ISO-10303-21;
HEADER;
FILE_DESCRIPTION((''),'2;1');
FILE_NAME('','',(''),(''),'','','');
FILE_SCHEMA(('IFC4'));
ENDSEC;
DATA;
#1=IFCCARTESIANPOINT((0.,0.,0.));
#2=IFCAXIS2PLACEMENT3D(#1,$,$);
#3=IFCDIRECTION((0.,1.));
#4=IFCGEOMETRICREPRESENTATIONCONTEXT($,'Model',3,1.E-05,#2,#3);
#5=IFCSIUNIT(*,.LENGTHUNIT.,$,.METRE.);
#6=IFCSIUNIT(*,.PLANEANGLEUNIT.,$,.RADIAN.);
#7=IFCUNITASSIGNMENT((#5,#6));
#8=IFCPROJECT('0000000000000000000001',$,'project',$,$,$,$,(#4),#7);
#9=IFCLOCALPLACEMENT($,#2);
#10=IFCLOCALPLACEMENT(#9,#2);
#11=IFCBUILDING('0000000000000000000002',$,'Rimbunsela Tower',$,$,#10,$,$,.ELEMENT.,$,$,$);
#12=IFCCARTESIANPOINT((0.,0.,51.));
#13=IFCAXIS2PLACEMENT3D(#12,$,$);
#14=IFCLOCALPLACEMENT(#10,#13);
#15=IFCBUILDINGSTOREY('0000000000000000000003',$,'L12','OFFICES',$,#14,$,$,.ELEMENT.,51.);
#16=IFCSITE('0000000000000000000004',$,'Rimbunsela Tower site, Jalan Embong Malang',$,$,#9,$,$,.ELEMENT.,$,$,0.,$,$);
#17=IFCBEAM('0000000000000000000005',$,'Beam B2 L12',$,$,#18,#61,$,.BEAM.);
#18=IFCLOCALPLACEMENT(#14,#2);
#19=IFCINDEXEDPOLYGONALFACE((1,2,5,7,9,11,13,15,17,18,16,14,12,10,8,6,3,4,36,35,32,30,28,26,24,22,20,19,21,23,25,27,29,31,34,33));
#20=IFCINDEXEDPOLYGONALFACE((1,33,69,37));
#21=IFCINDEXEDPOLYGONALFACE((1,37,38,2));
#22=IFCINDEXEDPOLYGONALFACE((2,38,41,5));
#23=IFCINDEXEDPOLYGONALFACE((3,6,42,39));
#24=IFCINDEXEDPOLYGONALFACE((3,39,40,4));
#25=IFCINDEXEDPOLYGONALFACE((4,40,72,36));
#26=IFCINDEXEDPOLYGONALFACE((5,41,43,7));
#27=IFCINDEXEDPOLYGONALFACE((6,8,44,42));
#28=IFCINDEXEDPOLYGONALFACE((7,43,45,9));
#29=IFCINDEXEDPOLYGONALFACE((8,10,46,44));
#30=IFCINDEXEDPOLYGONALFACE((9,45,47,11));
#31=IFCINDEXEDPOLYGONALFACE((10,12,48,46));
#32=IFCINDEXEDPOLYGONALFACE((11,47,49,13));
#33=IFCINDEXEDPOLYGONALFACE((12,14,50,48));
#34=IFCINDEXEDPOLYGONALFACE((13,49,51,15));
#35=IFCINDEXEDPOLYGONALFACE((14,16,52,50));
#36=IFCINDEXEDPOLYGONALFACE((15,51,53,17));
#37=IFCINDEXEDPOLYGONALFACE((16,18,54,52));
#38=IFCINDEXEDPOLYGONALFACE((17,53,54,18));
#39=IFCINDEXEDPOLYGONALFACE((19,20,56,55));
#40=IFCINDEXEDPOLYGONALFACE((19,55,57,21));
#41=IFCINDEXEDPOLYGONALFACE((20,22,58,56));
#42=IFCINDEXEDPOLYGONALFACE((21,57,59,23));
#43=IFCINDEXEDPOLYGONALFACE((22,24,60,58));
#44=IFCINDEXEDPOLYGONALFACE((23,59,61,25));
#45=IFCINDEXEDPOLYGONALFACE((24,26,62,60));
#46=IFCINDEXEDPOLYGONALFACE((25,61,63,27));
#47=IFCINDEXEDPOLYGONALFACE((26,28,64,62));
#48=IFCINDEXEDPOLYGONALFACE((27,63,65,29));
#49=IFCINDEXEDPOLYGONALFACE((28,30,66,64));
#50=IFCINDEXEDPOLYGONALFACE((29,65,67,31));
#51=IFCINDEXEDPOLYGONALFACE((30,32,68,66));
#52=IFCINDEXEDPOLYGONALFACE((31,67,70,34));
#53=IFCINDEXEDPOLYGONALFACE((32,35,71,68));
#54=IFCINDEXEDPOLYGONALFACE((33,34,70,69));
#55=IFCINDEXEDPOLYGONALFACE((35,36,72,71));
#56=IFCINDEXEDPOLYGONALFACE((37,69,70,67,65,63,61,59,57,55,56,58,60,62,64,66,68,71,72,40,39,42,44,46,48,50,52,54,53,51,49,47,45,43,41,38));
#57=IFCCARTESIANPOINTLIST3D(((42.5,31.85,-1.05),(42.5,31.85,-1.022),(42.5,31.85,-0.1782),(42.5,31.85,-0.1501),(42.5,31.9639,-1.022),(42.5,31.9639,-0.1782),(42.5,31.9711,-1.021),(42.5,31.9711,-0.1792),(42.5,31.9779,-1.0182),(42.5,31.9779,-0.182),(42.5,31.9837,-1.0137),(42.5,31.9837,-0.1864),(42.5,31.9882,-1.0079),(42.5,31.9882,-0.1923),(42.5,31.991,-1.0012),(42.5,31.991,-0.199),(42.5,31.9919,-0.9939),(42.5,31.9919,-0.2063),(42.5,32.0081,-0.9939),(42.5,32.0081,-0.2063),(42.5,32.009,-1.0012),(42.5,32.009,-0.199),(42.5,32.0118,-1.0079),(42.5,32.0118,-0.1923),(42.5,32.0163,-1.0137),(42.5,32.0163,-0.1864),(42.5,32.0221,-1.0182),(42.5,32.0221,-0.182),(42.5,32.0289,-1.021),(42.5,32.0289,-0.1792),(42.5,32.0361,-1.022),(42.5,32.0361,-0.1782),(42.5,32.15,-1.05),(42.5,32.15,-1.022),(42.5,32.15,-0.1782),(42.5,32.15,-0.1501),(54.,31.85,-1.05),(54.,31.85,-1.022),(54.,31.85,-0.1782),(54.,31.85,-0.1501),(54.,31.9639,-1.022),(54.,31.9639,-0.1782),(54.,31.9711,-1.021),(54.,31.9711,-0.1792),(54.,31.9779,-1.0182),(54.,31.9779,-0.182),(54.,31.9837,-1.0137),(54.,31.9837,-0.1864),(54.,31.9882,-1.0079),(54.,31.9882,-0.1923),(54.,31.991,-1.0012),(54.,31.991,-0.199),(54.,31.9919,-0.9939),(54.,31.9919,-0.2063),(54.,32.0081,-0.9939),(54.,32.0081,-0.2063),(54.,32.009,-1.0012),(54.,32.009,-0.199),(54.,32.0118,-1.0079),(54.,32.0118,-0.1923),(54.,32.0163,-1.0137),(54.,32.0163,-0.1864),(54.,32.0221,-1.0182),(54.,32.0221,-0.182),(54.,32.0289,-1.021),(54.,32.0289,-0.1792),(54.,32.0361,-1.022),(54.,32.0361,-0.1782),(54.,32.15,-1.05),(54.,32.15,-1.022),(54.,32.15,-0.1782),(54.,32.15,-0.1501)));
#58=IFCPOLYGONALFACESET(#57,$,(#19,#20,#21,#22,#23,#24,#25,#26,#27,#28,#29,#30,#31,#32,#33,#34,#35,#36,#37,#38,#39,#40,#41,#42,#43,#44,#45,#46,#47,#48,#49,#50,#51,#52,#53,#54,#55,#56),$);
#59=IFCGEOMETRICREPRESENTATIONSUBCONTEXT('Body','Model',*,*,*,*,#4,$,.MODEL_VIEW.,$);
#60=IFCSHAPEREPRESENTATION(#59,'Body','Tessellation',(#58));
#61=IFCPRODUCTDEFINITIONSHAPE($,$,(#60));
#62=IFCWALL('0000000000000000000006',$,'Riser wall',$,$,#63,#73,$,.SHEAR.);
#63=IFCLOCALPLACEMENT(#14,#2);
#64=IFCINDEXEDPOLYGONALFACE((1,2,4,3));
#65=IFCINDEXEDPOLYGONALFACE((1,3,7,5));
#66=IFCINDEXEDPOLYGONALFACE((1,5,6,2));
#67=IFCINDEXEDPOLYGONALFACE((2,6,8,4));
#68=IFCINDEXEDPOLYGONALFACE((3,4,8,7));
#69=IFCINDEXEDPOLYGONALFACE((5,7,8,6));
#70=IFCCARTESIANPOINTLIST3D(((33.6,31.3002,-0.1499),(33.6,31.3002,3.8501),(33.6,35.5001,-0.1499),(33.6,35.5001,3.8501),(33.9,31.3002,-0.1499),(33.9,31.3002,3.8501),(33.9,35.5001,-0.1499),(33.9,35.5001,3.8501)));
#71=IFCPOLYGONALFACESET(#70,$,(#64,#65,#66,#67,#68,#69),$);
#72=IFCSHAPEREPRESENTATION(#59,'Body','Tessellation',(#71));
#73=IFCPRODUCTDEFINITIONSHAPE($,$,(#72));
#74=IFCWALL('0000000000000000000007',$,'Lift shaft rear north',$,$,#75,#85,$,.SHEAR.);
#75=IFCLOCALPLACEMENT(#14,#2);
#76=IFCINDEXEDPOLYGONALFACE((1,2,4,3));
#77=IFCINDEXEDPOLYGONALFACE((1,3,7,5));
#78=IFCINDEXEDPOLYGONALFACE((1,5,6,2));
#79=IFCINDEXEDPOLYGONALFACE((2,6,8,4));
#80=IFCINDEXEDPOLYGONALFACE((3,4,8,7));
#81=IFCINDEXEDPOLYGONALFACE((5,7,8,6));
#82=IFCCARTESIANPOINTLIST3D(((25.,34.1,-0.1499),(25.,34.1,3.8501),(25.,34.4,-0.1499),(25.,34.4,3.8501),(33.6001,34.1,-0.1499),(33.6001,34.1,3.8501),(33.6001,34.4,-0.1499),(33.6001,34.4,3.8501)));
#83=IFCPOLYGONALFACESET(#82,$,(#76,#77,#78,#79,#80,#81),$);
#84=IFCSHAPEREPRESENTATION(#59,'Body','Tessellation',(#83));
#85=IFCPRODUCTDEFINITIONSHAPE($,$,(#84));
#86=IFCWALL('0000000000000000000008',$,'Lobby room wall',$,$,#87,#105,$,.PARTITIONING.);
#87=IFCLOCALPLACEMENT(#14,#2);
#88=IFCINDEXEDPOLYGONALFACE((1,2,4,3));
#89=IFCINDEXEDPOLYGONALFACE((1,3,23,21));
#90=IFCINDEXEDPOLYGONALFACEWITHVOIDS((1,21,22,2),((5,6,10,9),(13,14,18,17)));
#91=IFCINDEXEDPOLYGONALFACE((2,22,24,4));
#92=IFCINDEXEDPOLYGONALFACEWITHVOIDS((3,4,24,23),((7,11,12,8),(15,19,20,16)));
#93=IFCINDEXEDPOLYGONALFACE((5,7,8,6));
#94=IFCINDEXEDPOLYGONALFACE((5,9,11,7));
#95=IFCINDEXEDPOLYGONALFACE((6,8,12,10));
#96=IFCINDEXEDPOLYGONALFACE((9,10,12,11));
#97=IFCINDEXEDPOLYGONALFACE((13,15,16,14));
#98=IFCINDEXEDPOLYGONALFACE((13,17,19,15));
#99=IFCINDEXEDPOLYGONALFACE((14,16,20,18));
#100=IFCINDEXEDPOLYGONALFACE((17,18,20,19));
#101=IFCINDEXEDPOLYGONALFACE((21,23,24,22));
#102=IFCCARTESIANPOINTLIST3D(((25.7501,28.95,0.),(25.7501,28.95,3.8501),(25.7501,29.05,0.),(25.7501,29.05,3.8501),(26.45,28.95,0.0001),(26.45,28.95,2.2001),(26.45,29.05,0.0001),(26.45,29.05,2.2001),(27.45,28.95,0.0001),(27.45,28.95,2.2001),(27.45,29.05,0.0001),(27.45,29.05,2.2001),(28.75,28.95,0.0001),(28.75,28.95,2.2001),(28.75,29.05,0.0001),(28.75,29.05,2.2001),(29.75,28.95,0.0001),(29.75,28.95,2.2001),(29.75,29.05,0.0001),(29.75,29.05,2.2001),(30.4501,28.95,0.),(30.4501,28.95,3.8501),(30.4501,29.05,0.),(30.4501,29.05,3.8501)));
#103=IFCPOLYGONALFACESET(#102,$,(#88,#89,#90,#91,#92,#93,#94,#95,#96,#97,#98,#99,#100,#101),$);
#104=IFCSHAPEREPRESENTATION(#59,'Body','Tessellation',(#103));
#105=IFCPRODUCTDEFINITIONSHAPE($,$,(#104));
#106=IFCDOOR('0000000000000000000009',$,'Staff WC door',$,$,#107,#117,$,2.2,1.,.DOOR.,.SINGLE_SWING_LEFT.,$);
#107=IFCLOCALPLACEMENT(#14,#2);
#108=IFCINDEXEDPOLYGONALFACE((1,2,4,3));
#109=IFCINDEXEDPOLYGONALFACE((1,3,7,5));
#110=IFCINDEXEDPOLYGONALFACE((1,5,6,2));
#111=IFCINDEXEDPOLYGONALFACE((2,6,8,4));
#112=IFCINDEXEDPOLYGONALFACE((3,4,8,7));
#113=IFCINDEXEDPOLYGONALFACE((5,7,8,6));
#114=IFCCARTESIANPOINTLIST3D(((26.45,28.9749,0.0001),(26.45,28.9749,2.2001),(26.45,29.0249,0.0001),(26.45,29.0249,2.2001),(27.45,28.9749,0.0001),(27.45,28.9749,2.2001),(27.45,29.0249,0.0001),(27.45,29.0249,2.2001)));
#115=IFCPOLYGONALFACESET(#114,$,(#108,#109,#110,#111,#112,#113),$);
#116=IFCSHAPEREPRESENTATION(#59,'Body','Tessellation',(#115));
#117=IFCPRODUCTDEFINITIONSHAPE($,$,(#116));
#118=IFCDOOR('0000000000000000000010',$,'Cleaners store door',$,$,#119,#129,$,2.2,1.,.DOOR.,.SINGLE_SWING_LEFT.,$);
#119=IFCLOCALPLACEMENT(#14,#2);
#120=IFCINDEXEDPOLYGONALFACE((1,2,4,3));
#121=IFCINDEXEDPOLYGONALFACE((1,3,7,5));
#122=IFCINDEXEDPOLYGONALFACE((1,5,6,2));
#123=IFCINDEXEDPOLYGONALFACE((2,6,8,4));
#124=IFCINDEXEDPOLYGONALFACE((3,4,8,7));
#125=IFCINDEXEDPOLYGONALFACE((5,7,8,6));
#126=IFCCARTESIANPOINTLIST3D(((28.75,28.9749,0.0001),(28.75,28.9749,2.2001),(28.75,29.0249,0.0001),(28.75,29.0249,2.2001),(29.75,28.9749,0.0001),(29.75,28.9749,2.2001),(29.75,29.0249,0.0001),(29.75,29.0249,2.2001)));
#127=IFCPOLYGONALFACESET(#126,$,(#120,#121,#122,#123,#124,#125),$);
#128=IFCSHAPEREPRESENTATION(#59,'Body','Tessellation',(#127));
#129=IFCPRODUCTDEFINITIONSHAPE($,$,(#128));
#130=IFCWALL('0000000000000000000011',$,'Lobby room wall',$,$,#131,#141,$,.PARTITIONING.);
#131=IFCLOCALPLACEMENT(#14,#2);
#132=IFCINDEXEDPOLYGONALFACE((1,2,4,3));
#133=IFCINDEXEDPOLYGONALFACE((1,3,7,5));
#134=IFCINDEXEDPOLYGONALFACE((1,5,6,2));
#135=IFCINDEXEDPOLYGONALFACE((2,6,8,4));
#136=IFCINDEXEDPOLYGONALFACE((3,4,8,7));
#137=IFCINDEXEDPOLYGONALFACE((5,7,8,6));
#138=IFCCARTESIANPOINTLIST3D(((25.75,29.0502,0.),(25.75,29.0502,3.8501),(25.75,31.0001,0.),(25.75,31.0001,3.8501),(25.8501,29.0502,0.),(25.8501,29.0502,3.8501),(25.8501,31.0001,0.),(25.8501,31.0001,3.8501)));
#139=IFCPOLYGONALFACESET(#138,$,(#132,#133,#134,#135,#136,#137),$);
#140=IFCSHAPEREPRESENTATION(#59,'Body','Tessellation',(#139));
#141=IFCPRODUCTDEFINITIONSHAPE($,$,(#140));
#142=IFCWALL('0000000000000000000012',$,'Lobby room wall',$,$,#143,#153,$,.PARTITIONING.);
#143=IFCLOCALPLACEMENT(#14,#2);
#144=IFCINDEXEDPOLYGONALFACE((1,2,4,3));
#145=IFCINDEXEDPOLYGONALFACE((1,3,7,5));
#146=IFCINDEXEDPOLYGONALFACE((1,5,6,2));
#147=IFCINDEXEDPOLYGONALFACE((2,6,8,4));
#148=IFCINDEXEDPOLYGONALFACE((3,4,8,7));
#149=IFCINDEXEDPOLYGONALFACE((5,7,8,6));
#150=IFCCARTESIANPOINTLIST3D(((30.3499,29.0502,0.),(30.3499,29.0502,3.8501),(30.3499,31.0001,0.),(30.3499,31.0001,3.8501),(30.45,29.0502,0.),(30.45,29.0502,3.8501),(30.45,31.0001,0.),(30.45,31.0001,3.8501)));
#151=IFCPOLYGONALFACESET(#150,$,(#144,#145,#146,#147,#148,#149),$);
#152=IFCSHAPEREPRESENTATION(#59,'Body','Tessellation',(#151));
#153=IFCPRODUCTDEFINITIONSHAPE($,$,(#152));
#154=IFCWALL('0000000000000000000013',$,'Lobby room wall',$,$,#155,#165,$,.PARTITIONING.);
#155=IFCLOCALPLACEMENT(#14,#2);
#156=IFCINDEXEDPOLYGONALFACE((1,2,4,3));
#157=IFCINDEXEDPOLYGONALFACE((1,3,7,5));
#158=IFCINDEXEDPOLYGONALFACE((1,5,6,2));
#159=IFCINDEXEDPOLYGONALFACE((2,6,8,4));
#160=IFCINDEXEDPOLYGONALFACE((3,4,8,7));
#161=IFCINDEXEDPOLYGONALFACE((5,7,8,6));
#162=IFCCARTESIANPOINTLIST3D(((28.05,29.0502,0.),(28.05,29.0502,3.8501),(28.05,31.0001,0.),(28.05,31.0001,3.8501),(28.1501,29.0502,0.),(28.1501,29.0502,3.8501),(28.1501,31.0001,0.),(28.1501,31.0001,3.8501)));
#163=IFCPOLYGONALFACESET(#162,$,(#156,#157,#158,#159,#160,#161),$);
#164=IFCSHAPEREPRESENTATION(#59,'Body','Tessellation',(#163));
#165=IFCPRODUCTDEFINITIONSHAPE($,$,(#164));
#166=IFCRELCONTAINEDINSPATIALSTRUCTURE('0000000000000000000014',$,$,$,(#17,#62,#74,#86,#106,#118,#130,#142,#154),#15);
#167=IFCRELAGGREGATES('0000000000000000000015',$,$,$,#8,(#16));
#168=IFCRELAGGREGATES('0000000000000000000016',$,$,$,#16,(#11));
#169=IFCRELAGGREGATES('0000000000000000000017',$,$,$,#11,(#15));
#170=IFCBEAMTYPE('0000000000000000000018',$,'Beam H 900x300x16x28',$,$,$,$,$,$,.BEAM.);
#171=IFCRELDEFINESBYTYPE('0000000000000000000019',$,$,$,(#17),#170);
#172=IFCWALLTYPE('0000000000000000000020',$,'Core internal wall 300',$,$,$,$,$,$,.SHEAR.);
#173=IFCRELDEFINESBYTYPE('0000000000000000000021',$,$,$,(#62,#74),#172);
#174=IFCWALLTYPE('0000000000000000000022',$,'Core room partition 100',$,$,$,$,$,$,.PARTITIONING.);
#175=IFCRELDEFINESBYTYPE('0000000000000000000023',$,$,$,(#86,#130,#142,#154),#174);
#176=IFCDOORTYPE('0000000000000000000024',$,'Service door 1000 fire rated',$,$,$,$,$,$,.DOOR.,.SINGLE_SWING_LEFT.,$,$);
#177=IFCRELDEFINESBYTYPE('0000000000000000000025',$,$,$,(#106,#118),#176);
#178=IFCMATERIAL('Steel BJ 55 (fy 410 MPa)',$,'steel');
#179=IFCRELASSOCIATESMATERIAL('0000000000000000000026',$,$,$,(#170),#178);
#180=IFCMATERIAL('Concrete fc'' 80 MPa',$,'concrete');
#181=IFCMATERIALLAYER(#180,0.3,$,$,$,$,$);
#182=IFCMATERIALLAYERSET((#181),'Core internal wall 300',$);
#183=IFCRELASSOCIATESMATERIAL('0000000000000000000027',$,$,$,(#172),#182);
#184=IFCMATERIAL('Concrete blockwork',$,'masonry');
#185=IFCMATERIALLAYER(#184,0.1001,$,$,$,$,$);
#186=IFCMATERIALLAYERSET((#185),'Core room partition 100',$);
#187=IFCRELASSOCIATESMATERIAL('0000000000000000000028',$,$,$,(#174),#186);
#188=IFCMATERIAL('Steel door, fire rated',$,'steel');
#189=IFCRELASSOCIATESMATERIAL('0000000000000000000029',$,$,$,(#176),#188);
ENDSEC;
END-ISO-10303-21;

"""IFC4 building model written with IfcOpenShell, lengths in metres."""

from ifc_helpers import new_model, si_unit, direction, frame, frame_2d, origin, origin_2d, place, context, subcontext, project, spatial, rectangle, i_section, extrude, material, layer, layer_set, material_profile, profile_set, type_object, element, fill, save


model = new_model("IFC4")

# Units and contexts
model_context = context("Model", 3, precision=1e-05, world=origin(), true_north=direction((0.0, 1.0)))
body_context = subcontext(model_context, "Body", "Model", "MODEL_VIEW")
ifc_project = project(units=[si_unit("LENGTHUNIT", "METRE"), si_unit("PLANEANGLEUNIT", "RADIAN")], contexts=[model_context])

# Site, building, storey
site_placement = place(None, origin())
site = spatial("IfcSite", under=ifc_project, at=site_placement, Name="Rimbunsela Tower site, Jalan Embong Malang", CompositionType="ELEMENT", RefElevation=0.0)
building_placement = place(site_placement, origin())
building = spatial("IfcBuilding", under=site, at=building_placement, Name="Rimbunsela Tower", CompositionType="ELEMENT")
storey_placement = place(building_placement, frame((0.0, 0.0, 51.0)))
storey = spatial("IfcBuildingStorey", under=building, at=storey_placement, Name="L12", Description="OFFICES", CompositionType="ELEMENT", Elevation=51.0)

# Beam
ifc_material_1 = material(Name="Steel BJ 55 (fy 410 MPa)", Category="steel")
ifc_material_profile_1 = material_profile(ifc_material_1, i_section(OverallWidth=0.3, OverallDepth=0.8999, WebThickness=0.0161, FlangeThickness=0.0281, FilletRadius=0.0281, at=origin_2d()), Name="H 900x300x16x28")
ifc_profile_set_1 = profile_set([ifc_material_profile_1], Name="Steel BJ 55 (fy 410 MPa)")
beam_type_1 = type_object("IfcBeamType", Name="Beam H 900x300x16x28", PredefinedType="BEAM", material=ifc_profile_set_1)
beam_placement = place(storey_placement, frame((42.5, 32.0, -0.6001), z_axis=(1.0, 0.0, 0.0), x_axis=(0.0, 1.0, 0.0)))
element("IfcBeam", 1, at=beam_placement, inside=storey, type_object=beam_type_1, Name="Beam B2 L12", PredefinedType="BEAM", context=body_context, shape_type="SweptSolid", body=[
    extrude(i_section(OverallWidth=0.3, OverallDepth=0.8999, WebThickness=0.0161, FlangeThickness=0.0281, FilletRadius=0.0281, at=origin_2d()), origin(), (0.0, 0.0, 1.0), 11.5),
])

# Walls
ifc_material_2 = material(Name="Concrete fc' 80 MPa", Category="concrete")
ifc_layer_1 = layer(ifc_material_2, 0.3)
ifc_layer_set_1 = layer_set([ifc_layer_1], Name="Core internal wall 300")
wall_type_1 = type_object("IfcWallType", Name="Core internal wall 300", PredefinedType="SHEAR", material=ifc_layer_set_1)
wall_1_placement = place(storey_placement, frame((33.75, 31.3, -0.1499), z_axis=(0.0, 0.0, 1.0), x_axis=(0.0, 1.0, 0.0)))
element("IfcWall", 2, at=wall_1_placement, inside=storey, type_object=wall_type_1, Name="Riser wall", PredefinedType="SHEAR", context=body_context, shape_type="SweptSolid", body=[
    extrude(rectangle(XDim=4.2, YDim=0.3, at=frame_2d((2.1001, 0.0))), origin(), (0.0, 0.0, 1.0), 4.0),
])
wall_2_placement = place(storey_placement, frame((25.0, 34.25, -0.1499), z_axis=(0.0, 0.0, 1.0), x_axis=(1.0, 0.0, 0.0)))
element("IfcWall", 3, at=wall_2_placement, inside=storey, type_object=wall_type_1, Name="Lift shaft rear north", PredefinedType="SHEAR", context=body_context, shape_type="SweptSolid", body=[
    extrude(rectangle(XDim=8.6001, YDim=0.3, at=frame_2d((4.3, 0.0))), origin(), (0.0, 0.0, 1.0), 4.0),
])

# Wall, openings, doors
ifc_material_3 = material(Name="Concrete blockwork", Category="masonry")
ifc_layer_2 = layer(ifc_material_3, 0.1001)
ifc_layer_set_2 = layer_set([ifc_layer_2], Name="Core room partition 100")
wall_type_2 = type_object("IfcWallType", Name="Core room partition 100", PredefinedType="PARTITIONING", material=ifc_layer_set_2)
wall_3_placement = place(storey_placement, frame((25.75, 29.0, 0.0), z_axis=(0.0, 0.0, 1.0), x_axis=(1.0, 0.0, 0.0)))
wall_3 = element("IfcWall", 4, at=wall_3_placement, inside=storey, type_object=wall_type_2, Name="Lobby room wall", PredefinedType="PARTITIONING", context=body_context, shape_type="SweptSolid", body=[
    extrude(rectangle(XDim=4.7, YDim=0.1001, at=frame_2d((2.3501, 0.0))), origin(), (0.0, 0.0, 1.0), 3.8501),
])
opening_1_placement = place(wall_3_placement, frame((0.7, 0.0, 0.0)))
opening_1 = element("IfcOpeningElement", 5, at=opening_1_placement, cuts=wall_3, PredefinedType="OPENING", context=body_context, shape_type="SweptSolid", body=[
    extrude(rectangle(XDim=1.0, YDim=2.2, at=frame_2d((0.5, 1.1001))), frame((0.0, 0.0601, 0.0), z_axis=(0.0, -1.0, 0.0), x_axis=(1.0, 0.0, 0.0)), (0.0, 0.0, 1.0), 0.1201),
])
opening_2_placement = place(wall_3_placement, frame((3.0, 0.0, 0.0)))
opening_2 = element("IfcOpeningElement", 6, at=opening_2_placement, cuts=wall_3, PredefinedType="OPENING", context=body_context, shape_type="SweptSolid", body=[
    extrude(rectangle(XDim=1.0, YDim=2.2, at=frame_2d((0.5, 1.1001))), frame((0.0, 0.0601, 0.0), z_axis=(0.0, -1.0, 0.0), x_axis=(1.0, 0.0, 0.0)), (0.0, 0.0, 1.0), 0.1201),
])
ifc_material_4 = material(Name="Steel door, fire rated", Category="steel")
door_type = type_object("IfcDoorType", Name="Service door 1000 fire rated", OperationType="SINGLE_SWING_LEFT", PredefinedType="DOOR", material=ifc_material_4)
door_1_placement = place(opening_1_placement, origin())
door_1 = element("IfcDoor", 7, at=door_1_placement, inside=storey, type_object=door_type, Name="Staff WC door", OperationType="SINGLE_SWING_LEFT", OverallHeight=2.2, OverallWidth=1.0, PredefinedType="DOOR", context=body_context, shape_type="SweptSolid", body=[
    extrude(rectangle(XDim=1.0, YDim=2.2, at=frame_2d((0.5, 1.1001))), frame((0.0, 0.0249, 0.0), z_axis=(0.0, -1.0, 0.0), x_axis=(1.0, 0.0, 0.0)), (0.0, 0.0, 1.0), 0.05),
])
fill(opening_1, door_1)
door_2_placement = place(opening_2_placement, origin())
door_2 = element("IfcDoor", 8, at=door_2_placement, inside=storey, type_object=door_type, Name="Cleaners store door", OperationType="SINGLE_SWING_LEFT", OverallHeight=2.2, OverallWidth=1.0, PredefinedType="DOOR", context=body_context, shape_type="SweptSolid", body=[
    extrude(rectangle(XDim=1.0, YDim=2.2, at=frame_2d((0.5, 1.1001))), frame((0.0, 0.0249, 0.0), z_axis=(0.0, -1.0, 0.0), x_axis=(1.0, 0.0, 0.0)), (0.0, 0.0, 1.0), 0.05),
])
fill(opening_2, door_2)

# Walls
for number, where, z_axis, x_axis, name in (
    (9, (25.8, 29.05, 0.0), (0.0, 0.0, 1.0), (0.0, 1.0, 0.0), "Lobby room wall"),
    (10, (30.3999, 29.05, 0.0), (0.0, 0.0, 1.0), (0.0, 1.0, 0.0), "Lobby room wall"),
    (11, (28.1001, 29.05, 0.0), (0.0, 0.0, 1.0), (0.0, 1.0, 0.0), "Lobby room wall"),
):
    element("IfcWall", number, at=place(storey_placement, frame(where, z_axis=z_axis, x_axis=x_axis)), inside=storey, type_object=wall_type_2, Name=name, PredefinedType="PARTITIONING", context=body_context, shape_type="SweptSolid", body=[
        extrude(rectangle(XDim=1.95, YDim=0.1001, at=frame_2d((0.9751, 0.0))), origin(), (0.0, 0.0, 1.0), 3.8501),
    ])

save(model, "model.ifc")
